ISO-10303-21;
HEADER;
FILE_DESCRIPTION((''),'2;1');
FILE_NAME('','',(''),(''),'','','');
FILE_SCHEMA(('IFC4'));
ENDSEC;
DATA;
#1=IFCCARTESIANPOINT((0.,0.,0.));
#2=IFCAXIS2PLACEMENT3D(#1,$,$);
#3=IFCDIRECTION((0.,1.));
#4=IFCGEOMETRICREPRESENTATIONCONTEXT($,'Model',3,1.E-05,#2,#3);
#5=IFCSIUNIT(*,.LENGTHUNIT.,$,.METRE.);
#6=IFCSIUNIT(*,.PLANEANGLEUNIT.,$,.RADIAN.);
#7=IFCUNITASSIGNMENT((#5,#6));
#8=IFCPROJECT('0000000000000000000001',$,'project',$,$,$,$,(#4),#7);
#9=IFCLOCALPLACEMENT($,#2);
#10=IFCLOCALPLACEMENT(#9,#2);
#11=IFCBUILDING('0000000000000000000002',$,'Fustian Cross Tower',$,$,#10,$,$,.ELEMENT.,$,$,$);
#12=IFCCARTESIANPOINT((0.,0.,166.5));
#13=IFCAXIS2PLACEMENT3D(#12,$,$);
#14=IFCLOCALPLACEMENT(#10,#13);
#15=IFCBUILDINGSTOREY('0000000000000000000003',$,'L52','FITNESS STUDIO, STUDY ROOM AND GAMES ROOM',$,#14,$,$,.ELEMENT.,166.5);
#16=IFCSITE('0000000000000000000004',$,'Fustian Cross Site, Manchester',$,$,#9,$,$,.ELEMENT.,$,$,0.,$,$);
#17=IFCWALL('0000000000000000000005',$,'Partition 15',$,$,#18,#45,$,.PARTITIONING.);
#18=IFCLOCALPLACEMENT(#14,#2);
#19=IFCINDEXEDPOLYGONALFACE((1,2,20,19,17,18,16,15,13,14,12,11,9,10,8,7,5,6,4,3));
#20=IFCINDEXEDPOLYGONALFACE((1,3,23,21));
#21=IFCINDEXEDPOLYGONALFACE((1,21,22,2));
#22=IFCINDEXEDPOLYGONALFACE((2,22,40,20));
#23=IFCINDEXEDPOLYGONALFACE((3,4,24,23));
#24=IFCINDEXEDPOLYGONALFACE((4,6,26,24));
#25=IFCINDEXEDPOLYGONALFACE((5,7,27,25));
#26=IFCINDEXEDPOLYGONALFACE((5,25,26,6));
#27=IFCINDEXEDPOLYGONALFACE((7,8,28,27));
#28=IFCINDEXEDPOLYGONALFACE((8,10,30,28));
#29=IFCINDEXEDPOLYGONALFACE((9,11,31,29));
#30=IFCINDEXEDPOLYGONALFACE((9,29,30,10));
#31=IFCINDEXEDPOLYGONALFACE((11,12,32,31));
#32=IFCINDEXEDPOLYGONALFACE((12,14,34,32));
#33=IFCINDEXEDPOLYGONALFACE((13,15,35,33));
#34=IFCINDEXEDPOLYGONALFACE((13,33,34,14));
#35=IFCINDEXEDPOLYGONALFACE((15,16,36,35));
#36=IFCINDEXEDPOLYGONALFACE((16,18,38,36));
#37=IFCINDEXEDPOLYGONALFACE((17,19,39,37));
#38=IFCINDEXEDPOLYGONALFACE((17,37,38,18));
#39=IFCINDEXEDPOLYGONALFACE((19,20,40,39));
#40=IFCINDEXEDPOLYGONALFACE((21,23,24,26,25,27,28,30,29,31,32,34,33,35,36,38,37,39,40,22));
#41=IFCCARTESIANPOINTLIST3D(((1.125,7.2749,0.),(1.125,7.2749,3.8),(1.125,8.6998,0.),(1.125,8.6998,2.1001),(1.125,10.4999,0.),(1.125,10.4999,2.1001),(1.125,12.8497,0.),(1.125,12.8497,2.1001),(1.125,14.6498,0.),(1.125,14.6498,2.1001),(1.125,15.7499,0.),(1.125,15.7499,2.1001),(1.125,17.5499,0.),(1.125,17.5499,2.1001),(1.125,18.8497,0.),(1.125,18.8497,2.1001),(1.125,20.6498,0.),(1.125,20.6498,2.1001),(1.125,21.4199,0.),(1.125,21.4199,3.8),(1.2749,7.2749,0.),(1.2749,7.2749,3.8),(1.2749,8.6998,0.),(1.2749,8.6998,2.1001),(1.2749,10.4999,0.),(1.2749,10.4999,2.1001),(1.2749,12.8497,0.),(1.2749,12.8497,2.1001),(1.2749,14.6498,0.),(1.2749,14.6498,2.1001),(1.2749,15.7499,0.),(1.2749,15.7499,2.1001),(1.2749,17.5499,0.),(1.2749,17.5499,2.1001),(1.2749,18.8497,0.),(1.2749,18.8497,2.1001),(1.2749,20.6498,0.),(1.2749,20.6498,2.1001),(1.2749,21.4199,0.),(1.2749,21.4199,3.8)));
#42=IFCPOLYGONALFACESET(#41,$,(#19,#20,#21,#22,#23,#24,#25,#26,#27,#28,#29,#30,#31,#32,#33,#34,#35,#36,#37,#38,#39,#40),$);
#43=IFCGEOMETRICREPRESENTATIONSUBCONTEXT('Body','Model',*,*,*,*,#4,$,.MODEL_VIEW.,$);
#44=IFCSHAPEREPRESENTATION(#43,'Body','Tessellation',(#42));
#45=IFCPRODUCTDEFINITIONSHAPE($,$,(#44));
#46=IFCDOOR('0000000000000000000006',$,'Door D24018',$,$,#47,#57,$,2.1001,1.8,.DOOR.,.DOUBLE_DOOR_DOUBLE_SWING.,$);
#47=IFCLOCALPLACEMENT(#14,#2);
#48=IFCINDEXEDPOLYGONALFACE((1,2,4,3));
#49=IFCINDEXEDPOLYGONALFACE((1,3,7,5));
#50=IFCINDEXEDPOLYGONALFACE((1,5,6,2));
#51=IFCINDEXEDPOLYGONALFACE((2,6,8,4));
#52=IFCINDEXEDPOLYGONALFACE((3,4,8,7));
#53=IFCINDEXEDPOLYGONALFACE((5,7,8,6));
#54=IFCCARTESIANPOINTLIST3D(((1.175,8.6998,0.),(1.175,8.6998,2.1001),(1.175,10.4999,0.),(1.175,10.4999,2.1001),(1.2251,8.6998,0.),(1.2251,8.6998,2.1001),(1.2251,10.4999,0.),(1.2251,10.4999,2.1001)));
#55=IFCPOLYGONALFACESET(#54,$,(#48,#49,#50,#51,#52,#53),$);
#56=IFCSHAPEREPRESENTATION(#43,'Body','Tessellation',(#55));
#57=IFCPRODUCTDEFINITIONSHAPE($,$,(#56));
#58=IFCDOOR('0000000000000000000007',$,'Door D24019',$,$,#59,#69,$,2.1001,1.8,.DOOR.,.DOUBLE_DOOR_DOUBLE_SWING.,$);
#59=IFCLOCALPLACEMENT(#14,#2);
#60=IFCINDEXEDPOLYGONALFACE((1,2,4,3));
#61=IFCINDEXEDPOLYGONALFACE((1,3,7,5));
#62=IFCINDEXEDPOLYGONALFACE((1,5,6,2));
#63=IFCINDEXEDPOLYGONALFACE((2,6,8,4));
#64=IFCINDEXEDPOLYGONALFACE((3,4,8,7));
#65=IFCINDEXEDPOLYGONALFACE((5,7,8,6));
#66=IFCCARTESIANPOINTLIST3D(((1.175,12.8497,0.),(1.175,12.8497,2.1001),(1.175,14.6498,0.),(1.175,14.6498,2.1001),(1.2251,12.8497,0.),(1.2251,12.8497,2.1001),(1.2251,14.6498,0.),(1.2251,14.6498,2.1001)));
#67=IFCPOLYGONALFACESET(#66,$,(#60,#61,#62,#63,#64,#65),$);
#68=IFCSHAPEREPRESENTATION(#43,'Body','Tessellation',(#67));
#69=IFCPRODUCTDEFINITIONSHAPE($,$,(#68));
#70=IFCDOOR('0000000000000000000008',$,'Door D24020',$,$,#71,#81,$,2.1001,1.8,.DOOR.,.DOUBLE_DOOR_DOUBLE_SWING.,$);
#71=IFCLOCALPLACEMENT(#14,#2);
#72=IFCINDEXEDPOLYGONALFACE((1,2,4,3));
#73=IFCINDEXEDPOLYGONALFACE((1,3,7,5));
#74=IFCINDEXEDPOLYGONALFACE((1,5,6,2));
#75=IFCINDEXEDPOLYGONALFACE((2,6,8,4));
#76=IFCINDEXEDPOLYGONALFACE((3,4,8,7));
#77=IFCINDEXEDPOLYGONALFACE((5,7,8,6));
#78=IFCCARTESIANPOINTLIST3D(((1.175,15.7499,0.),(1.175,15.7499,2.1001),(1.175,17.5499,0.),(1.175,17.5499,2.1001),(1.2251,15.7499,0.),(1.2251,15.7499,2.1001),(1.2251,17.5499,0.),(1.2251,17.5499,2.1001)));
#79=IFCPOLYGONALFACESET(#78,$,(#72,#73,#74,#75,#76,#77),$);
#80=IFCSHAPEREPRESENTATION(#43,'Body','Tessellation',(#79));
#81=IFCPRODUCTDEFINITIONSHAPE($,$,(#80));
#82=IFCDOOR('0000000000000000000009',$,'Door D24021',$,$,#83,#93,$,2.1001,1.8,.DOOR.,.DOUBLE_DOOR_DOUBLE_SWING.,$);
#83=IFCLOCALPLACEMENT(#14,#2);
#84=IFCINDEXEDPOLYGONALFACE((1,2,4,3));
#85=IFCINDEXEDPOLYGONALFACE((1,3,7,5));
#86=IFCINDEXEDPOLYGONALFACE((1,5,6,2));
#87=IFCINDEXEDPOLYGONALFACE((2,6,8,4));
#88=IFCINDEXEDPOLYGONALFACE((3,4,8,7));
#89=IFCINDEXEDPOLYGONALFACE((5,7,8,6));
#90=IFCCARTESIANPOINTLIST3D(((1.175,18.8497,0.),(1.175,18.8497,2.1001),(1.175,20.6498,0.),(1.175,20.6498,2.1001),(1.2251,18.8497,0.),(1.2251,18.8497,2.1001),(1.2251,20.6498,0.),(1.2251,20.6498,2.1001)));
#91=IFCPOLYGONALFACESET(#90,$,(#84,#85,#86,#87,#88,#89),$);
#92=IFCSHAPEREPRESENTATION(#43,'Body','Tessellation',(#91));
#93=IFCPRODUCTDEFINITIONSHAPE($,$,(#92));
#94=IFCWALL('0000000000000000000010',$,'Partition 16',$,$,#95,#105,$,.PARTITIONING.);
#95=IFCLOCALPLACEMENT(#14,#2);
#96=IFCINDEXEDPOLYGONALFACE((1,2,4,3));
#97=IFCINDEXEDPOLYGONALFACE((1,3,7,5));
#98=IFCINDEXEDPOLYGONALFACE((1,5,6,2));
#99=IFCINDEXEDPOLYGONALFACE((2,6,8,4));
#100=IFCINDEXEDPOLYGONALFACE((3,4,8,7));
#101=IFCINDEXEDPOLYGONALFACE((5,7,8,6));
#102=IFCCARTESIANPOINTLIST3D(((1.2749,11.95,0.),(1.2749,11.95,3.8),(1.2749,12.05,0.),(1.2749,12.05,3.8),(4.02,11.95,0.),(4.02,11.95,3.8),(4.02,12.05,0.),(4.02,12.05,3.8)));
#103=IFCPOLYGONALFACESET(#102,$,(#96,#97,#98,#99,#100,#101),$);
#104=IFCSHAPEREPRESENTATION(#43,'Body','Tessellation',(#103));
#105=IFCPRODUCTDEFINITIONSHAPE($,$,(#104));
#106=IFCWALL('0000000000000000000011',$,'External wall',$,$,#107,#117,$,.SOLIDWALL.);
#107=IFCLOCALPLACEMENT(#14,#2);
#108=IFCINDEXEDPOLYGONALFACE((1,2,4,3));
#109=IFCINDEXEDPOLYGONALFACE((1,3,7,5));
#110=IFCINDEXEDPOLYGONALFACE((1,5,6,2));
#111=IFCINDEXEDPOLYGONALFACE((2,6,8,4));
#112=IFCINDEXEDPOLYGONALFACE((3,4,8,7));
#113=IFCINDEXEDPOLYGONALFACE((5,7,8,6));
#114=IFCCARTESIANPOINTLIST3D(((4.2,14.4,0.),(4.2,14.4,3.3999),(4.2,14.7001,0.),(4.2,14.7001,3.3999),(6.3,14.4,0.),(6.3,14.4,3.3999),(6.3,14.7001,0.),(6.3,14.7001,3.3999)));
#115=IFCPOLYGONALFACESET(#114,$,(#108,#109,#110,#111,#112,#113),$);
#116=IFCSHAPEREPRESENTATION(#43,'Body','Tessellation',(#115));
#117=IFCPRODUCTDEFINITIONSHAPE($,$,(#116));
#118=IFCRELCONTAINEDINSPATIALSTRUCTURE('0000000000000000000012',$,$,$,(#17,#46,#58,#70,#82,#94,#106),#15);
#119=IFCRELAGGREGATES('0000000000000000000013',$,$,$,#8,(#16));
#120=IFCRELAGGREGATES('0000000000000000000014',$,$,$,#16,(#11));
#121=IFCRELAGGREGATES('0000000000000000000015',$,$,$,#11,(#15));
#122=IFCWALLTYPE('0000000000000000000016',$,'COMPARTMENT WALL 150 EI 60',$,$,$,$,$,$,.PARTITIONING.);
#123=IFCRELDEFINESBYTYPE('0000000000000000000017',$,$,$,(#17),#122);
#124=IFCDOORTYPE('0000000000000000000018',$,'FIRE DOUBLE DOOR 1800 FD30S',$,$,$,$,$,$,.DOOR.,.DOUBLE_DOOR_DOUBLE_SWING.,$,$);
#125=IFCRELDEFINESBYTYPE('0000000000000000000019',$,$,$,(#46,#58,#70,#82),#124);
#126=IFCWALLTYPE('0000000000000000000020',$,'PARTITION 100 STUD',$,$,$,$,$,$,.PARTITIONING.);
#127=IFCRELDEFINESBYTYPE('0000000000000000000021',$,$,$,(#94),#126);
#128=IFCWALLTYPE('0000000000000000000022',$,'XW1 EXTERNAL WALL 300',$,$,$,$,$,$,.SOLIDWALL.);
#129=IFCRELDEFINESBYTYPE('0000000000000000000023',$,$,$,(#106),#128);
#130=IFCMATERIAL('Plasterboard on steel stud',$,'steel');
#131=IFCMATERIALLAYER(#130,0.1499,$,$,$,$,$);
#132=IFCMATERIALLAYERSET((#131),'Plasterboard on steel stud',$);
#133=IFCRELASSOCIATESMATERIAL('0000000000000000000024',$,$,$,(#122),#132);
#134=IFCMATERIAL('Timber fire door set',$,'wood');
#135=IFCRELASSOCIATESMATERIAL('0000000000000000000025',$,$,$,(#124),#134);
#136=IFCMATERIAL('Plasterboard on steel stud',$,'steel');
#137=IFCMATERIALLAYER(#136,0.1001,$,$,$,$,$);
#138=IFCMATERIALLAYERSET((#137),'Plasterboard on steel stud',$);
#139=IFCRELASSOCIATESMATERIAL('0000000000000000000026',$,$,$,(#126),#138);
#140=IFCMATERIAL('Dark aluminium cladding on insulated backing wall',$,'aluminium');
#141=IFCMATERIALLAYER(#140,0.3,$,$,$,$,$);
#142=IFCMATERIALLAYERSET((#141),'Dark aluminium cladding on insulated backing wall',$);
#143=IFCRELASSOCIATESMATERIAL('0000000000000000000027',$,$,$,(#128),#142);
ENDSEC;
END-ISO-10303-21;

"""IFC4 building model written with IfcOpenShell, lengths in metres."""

from ifc_helpers import new_model, si_unit, direction, frame, frame_2d, origin, place, context, subcontext, project, spatial, rectangle, extrude, material, layer, layer_set, type_object, element, fill, save


model = new_model("IFC4")

# Units and contexts
model_context = context("Model", 3, precision=1e-05, world=origin(), true_north=direction((0.0, 1.0)))
body_context = subcontext(model_context, "Body", "Model", "MODEL_VIEW")
ifc_project = project(units=[si_unit("LENGTHUNIT", "METRE"), si_unit("PLANEANGLEUNIT", "RADIAN")], contexts=[model_context])

# Site, building, storey
site_placement = place(None, origin())
site = spatial("IfcSite", under=ifc_project, at=site_placement, Name="Fustian Cross Site, Manchester", CompositionType="ELEMENT", RefElevation=0.0)
building_placement = place(site_placement, origin())
building = spatial("IfcBuilding", under=site, at=building_placement, Name="Fustian Cross Tower", CompositionType="ELEMENT")
storey_placement = place(building_placement, frame((0.0, 0.0, 166.5)))
storey = spatial("IfcBuildingStorey", under=building, at=storey_placement, Name="L52", Description="FITNESS STUDIO, STUDY ROOM AND GAMES ROOM", CompositionType="ELEMENT", Elevation=166.5)

# Wall, openings, doors
ifc_material_1 = material(Name="Plasterboard on steel stud", Category="steel")
ifc_layer_1 = layer(ifc_material_1, 0.1499)
ifc_layer_set_1 = layer_set([ifc_layer_1], Name="Plasterboard on steel stud")
wall_type_1 = type_object("IfcWallType", Name="COMPARTMENT WALL 150 EI 60", PredefinedType="PARTITIONING", material=ifc_layer_set_1)
ifc_material_2 = material(Name="Timber fire door set", Category="wood")
door_type_1 = type_object("IfcDoorType", Name="FIRE DOUBLE DOOR 1800 FD30S", OperationType="DOUBLE_DOOR_DOUBLE_SWING", PredefinedType="DOOR", material=ifc_material_2)
wall_1_placement = place(storey_placement, frame((1.2, 7.2749, 0.0), z_axis=(0.0, 0.0, 1.0), x_axis=(0.0, 1.0, 0.0)))
wall_1 = element("IfcWall", 1, at=wall_1_placement, inside=storey, type_object=wall_type_1, Name="Partition 15", PredefinedType="PARTITIONING", context=body_context, shape_type="SweptSolid", body=[
    extrude(rectangle(XDim=14.145, YDim=0.1499, at=frame_2d((7.0725, 0.0))), origin(), (0.0, 0.0, 1.0), 3.8),
])
opening_1_placement = place(wall_1_placement, frame((1.425, 0.0, 0.0)))
opening_1 = element("IfcOpeningElement", 2, at=opening_1_placement, cuts=wall_1, PredefinedType="OPENING", context=body_context, shape_type="SweptSolid", body=[
    extrude(rectangle(XDim=1.8, YDim=2.1001, at=frame_2d((0.8999, 1.05))), frame((0.0, 0.085, 0.0), z_axis=(0.0, -1.0, 0.0), x_axis=(1.0, 0.0, 0.0)), (0.0, 0.0, 1.0), 0.1699),
])
opening_2_placement = place(wall_1_placement, frame((5.575, 0.0, 0.0)))
opening_2 = element("IfcOpeningElement", 3, at=opening_2_placement, cuts=wall_1, PredefinedType="OPENING", context=body_context, shape_type="SweptSolid", body=[
    extrude(rectangle(XDim=1.8, YDim=2.1001, at=frame_2d((0.8999, 1.05))), frame((0.0, 0.085, 0.0), z_axis=(0.0, -1.0, 0.0), x_axis=(1.0, 0.0, 0.0)), (0.0, 0.0, 1.0), 0.1699),
])
opening_3_placement = place(wall_1_placement, frame((8.4751, 0.0, 0.0)))
opening_3 = element("IfcOpeningElement", 4, at=opening_3_placement, cuts=wall_1, PredefinedType="OPENING", context=body_context, shape_type="SweptSolid", body=[
    extrude(rectangle(XDim=1.8, YDim=2.1001, at=frame_2d((0.8999, 1.05))), frame((0.0, 0.085, 0.0), z_axis=(0.0, -1.0, 0.0), x_axis=(1.0, 0.0, 0.0)), (0.0, 0.0, 1.0), 0.1699),
])
opening_4_placement = place(wall_1_placement, frame((11.575, 0.0, 0.0)))
opening_4 = element("IfcOpeningElement", 5, at=opening_4_placement, cuts=wall_1, PredefinedType="OPENING", context=body_context, shape_type="SweptSolid", body=[
    extrude(rectangle(XDim=1.8, YDim=2.1001, at=frame_2d((0.8999, 1.05))), frame((0.0, 0.085, 0.0), z_axis=(0.0, -1.0, 0.0), x_axis=(1.0, 0.0, 0.0)), (0.0, 0.0, 1.0), 0.1699),
])
door_1_placement = place(opening_1_placement, origin())
door_1 = element("IfcDoor", 6, at=door_1_placement, inside=storey, type_object=door_type_1, Name="Door D24018", OperationType="DOUBLE_DOOR_DOUBLE_SWING", OverallHeight=2.1001, OverallWidth=1.8, PredefinedType="DOOR", context=body_context, shape_type="SweptSolid", body=[
    extrude(rectangle(XDim=1.8, YDim=2.1001, at=frame_2d((0.8999, 1.05))), frame((0.0, 0.0249, 0.0), z_axis=(0.0, -1.0, 0.0), x_axis=(1.0, 0.0, 0.0)), (0.0, 0.0, 1.0), 0.05),
])
fill(opening_1, door_1)
door_2_placement = place(opening_2_placement, origin())
door_2 = element("IfcDoor", 7, at=door_2_placement, inside=storey, type_object=door_type_1, Name="Door D24019", OperationType="DOUBLE_DOOR_DOUBLE_SWING", OverallHeight=2.1001, OverallWidth=1.8, PredefinedType="DOOR", context=body_context, shape_type="SweptSolid", body=[
    extrude(rectangle(XDim=1.8, YDim=2.1001, at=frame_2d((0.8999, 1.05))), frame((0.0, 0.0249, 0.0), z_axis=(0.0, -1.0, 0.0), x_axis=(1.0, 0.0, 0.0)), (0.0, 0.0, 1.0), 0.05),
])
fill(opening_2, door_2)
door_3_placement = place(opening_3_placement, origin())
door_3 = element("IfcDoor", 8, at=door_3_placement, inside=storey, type_object=door_type_1, Name="Door D24020", OperationType="DOUBLE_DOOR_DOUBLE_SWING", OverallHeight=2.1001, OverallWidth=1.8, PredefinedType="DOOR", context=body_context, shape_type="SweptSolid", body=[
    extrude(rectangle(XDim=1.8, YDim=2.1001, at=frame_2d((0.8999, 1.05))), frame((0.0, 0.0249, 0.0), z_axis=(0.0, -1.0, 0.0), x_axis=(1.0, 0.0, 0.0)), (0.0, 0.0, 1.0), 0.05),
])
fill(opening_3, door_3)
door_4_placement = place(opening_4_placement, origin())
door_4 = element("IfcDoor", 9, at=door_4_placement, inside=storey, type_object=door_type_1, Name="Door D24021", OperationType="DOUBLE_DOOR_DOUBLE_SWING", OverallHeight=2.1001, OverallWidth=1.8, PredefinedType="DOOR", context=body_context, shape_type="SweptSolid", body=[
    extrude(rectangle(XDim=1.8, YDim=2.1001, at=frame_2d((0.8999, 1.05))), frame((0.0, 0.0249, 0.0), z_axis=(0.0, -1.0, 0.0), x_axis=(1.0, 0.0, 0.0)), (0.0, 0.0, 1.0), 0.05),
])
fill(opening_4, door_4)

# Walls
ifc_material_3 = material(Name="Plasterboard on steel stud", Category="steel")
ifc_layer_2 = layer(ifc_material_3, 0.1001)
ifc_layer_set_2 = layer_set([ifc_layer_2], Name="Plasterboard on steel stud")
wall_type_2 = type_object("IfcWallType", Name="PARTITION 100 STUD", PredefinedType="PARTITIONING", material=ifc_layer_set_2)
wall_2_placement = place(storey_placement, frame((1.2749, 12.0, 0.0), z_axis=(0.0, 0.0, 1.0), x_axis=(1.0, 0.0, 0.0)))
element("IfcWall", 10, at=wall_2_placement, inside=storey, type_object=wall_type_2, Name="Partition 16", PredefinedType="PARTITIONING", context=body_context, shape_type="SweptSolid", body=[
    extrude(rectangle(XDim=2.7451, YDim=0.1001, at=frame_2d((1.3726, 0.0))), origin(), (0.0, 0.0, 1.0), 3.8),
])
ifc_material_4 = material(Name="Dark aluminium cladding on insulated backing wall", Category="aluminium")
ifc_layer_3 = layer(ifc_material_4, 0.3)
ifc_layer_set_3 = layer_set([ifc_layer_3], Name="Dark aluminium cladding on insulated backing wall")
wall_type_3 = type_object("IfcWallType", Name="XW1 EXTERNAL WALL 300", PredefinedType="SOLIDWALL", material=ifc_layer_set_3)
wall_3_placement = place(storey_placement, frame((4.2, 14.55, 0.0), z_axis=(0.0, 0.0, 1.0), x_axis=(1.0, 0.0, 0.0)))
element("IfcWall", 11, at=wall_3_placement, inside=storey, type_object=wall_type_3, Name="External wall", PredefinedType="SOLIDWALL", context=body_context, shape_type="SweptSolid", body=[
    extrude(rectangle(XDim=2.1001, YDim=0.3, at=frame_2d((1.05, 0.0))), origin(), (0.0, 0.0, 1.0), 3.3999),
])

save(model, "model.ifc")
